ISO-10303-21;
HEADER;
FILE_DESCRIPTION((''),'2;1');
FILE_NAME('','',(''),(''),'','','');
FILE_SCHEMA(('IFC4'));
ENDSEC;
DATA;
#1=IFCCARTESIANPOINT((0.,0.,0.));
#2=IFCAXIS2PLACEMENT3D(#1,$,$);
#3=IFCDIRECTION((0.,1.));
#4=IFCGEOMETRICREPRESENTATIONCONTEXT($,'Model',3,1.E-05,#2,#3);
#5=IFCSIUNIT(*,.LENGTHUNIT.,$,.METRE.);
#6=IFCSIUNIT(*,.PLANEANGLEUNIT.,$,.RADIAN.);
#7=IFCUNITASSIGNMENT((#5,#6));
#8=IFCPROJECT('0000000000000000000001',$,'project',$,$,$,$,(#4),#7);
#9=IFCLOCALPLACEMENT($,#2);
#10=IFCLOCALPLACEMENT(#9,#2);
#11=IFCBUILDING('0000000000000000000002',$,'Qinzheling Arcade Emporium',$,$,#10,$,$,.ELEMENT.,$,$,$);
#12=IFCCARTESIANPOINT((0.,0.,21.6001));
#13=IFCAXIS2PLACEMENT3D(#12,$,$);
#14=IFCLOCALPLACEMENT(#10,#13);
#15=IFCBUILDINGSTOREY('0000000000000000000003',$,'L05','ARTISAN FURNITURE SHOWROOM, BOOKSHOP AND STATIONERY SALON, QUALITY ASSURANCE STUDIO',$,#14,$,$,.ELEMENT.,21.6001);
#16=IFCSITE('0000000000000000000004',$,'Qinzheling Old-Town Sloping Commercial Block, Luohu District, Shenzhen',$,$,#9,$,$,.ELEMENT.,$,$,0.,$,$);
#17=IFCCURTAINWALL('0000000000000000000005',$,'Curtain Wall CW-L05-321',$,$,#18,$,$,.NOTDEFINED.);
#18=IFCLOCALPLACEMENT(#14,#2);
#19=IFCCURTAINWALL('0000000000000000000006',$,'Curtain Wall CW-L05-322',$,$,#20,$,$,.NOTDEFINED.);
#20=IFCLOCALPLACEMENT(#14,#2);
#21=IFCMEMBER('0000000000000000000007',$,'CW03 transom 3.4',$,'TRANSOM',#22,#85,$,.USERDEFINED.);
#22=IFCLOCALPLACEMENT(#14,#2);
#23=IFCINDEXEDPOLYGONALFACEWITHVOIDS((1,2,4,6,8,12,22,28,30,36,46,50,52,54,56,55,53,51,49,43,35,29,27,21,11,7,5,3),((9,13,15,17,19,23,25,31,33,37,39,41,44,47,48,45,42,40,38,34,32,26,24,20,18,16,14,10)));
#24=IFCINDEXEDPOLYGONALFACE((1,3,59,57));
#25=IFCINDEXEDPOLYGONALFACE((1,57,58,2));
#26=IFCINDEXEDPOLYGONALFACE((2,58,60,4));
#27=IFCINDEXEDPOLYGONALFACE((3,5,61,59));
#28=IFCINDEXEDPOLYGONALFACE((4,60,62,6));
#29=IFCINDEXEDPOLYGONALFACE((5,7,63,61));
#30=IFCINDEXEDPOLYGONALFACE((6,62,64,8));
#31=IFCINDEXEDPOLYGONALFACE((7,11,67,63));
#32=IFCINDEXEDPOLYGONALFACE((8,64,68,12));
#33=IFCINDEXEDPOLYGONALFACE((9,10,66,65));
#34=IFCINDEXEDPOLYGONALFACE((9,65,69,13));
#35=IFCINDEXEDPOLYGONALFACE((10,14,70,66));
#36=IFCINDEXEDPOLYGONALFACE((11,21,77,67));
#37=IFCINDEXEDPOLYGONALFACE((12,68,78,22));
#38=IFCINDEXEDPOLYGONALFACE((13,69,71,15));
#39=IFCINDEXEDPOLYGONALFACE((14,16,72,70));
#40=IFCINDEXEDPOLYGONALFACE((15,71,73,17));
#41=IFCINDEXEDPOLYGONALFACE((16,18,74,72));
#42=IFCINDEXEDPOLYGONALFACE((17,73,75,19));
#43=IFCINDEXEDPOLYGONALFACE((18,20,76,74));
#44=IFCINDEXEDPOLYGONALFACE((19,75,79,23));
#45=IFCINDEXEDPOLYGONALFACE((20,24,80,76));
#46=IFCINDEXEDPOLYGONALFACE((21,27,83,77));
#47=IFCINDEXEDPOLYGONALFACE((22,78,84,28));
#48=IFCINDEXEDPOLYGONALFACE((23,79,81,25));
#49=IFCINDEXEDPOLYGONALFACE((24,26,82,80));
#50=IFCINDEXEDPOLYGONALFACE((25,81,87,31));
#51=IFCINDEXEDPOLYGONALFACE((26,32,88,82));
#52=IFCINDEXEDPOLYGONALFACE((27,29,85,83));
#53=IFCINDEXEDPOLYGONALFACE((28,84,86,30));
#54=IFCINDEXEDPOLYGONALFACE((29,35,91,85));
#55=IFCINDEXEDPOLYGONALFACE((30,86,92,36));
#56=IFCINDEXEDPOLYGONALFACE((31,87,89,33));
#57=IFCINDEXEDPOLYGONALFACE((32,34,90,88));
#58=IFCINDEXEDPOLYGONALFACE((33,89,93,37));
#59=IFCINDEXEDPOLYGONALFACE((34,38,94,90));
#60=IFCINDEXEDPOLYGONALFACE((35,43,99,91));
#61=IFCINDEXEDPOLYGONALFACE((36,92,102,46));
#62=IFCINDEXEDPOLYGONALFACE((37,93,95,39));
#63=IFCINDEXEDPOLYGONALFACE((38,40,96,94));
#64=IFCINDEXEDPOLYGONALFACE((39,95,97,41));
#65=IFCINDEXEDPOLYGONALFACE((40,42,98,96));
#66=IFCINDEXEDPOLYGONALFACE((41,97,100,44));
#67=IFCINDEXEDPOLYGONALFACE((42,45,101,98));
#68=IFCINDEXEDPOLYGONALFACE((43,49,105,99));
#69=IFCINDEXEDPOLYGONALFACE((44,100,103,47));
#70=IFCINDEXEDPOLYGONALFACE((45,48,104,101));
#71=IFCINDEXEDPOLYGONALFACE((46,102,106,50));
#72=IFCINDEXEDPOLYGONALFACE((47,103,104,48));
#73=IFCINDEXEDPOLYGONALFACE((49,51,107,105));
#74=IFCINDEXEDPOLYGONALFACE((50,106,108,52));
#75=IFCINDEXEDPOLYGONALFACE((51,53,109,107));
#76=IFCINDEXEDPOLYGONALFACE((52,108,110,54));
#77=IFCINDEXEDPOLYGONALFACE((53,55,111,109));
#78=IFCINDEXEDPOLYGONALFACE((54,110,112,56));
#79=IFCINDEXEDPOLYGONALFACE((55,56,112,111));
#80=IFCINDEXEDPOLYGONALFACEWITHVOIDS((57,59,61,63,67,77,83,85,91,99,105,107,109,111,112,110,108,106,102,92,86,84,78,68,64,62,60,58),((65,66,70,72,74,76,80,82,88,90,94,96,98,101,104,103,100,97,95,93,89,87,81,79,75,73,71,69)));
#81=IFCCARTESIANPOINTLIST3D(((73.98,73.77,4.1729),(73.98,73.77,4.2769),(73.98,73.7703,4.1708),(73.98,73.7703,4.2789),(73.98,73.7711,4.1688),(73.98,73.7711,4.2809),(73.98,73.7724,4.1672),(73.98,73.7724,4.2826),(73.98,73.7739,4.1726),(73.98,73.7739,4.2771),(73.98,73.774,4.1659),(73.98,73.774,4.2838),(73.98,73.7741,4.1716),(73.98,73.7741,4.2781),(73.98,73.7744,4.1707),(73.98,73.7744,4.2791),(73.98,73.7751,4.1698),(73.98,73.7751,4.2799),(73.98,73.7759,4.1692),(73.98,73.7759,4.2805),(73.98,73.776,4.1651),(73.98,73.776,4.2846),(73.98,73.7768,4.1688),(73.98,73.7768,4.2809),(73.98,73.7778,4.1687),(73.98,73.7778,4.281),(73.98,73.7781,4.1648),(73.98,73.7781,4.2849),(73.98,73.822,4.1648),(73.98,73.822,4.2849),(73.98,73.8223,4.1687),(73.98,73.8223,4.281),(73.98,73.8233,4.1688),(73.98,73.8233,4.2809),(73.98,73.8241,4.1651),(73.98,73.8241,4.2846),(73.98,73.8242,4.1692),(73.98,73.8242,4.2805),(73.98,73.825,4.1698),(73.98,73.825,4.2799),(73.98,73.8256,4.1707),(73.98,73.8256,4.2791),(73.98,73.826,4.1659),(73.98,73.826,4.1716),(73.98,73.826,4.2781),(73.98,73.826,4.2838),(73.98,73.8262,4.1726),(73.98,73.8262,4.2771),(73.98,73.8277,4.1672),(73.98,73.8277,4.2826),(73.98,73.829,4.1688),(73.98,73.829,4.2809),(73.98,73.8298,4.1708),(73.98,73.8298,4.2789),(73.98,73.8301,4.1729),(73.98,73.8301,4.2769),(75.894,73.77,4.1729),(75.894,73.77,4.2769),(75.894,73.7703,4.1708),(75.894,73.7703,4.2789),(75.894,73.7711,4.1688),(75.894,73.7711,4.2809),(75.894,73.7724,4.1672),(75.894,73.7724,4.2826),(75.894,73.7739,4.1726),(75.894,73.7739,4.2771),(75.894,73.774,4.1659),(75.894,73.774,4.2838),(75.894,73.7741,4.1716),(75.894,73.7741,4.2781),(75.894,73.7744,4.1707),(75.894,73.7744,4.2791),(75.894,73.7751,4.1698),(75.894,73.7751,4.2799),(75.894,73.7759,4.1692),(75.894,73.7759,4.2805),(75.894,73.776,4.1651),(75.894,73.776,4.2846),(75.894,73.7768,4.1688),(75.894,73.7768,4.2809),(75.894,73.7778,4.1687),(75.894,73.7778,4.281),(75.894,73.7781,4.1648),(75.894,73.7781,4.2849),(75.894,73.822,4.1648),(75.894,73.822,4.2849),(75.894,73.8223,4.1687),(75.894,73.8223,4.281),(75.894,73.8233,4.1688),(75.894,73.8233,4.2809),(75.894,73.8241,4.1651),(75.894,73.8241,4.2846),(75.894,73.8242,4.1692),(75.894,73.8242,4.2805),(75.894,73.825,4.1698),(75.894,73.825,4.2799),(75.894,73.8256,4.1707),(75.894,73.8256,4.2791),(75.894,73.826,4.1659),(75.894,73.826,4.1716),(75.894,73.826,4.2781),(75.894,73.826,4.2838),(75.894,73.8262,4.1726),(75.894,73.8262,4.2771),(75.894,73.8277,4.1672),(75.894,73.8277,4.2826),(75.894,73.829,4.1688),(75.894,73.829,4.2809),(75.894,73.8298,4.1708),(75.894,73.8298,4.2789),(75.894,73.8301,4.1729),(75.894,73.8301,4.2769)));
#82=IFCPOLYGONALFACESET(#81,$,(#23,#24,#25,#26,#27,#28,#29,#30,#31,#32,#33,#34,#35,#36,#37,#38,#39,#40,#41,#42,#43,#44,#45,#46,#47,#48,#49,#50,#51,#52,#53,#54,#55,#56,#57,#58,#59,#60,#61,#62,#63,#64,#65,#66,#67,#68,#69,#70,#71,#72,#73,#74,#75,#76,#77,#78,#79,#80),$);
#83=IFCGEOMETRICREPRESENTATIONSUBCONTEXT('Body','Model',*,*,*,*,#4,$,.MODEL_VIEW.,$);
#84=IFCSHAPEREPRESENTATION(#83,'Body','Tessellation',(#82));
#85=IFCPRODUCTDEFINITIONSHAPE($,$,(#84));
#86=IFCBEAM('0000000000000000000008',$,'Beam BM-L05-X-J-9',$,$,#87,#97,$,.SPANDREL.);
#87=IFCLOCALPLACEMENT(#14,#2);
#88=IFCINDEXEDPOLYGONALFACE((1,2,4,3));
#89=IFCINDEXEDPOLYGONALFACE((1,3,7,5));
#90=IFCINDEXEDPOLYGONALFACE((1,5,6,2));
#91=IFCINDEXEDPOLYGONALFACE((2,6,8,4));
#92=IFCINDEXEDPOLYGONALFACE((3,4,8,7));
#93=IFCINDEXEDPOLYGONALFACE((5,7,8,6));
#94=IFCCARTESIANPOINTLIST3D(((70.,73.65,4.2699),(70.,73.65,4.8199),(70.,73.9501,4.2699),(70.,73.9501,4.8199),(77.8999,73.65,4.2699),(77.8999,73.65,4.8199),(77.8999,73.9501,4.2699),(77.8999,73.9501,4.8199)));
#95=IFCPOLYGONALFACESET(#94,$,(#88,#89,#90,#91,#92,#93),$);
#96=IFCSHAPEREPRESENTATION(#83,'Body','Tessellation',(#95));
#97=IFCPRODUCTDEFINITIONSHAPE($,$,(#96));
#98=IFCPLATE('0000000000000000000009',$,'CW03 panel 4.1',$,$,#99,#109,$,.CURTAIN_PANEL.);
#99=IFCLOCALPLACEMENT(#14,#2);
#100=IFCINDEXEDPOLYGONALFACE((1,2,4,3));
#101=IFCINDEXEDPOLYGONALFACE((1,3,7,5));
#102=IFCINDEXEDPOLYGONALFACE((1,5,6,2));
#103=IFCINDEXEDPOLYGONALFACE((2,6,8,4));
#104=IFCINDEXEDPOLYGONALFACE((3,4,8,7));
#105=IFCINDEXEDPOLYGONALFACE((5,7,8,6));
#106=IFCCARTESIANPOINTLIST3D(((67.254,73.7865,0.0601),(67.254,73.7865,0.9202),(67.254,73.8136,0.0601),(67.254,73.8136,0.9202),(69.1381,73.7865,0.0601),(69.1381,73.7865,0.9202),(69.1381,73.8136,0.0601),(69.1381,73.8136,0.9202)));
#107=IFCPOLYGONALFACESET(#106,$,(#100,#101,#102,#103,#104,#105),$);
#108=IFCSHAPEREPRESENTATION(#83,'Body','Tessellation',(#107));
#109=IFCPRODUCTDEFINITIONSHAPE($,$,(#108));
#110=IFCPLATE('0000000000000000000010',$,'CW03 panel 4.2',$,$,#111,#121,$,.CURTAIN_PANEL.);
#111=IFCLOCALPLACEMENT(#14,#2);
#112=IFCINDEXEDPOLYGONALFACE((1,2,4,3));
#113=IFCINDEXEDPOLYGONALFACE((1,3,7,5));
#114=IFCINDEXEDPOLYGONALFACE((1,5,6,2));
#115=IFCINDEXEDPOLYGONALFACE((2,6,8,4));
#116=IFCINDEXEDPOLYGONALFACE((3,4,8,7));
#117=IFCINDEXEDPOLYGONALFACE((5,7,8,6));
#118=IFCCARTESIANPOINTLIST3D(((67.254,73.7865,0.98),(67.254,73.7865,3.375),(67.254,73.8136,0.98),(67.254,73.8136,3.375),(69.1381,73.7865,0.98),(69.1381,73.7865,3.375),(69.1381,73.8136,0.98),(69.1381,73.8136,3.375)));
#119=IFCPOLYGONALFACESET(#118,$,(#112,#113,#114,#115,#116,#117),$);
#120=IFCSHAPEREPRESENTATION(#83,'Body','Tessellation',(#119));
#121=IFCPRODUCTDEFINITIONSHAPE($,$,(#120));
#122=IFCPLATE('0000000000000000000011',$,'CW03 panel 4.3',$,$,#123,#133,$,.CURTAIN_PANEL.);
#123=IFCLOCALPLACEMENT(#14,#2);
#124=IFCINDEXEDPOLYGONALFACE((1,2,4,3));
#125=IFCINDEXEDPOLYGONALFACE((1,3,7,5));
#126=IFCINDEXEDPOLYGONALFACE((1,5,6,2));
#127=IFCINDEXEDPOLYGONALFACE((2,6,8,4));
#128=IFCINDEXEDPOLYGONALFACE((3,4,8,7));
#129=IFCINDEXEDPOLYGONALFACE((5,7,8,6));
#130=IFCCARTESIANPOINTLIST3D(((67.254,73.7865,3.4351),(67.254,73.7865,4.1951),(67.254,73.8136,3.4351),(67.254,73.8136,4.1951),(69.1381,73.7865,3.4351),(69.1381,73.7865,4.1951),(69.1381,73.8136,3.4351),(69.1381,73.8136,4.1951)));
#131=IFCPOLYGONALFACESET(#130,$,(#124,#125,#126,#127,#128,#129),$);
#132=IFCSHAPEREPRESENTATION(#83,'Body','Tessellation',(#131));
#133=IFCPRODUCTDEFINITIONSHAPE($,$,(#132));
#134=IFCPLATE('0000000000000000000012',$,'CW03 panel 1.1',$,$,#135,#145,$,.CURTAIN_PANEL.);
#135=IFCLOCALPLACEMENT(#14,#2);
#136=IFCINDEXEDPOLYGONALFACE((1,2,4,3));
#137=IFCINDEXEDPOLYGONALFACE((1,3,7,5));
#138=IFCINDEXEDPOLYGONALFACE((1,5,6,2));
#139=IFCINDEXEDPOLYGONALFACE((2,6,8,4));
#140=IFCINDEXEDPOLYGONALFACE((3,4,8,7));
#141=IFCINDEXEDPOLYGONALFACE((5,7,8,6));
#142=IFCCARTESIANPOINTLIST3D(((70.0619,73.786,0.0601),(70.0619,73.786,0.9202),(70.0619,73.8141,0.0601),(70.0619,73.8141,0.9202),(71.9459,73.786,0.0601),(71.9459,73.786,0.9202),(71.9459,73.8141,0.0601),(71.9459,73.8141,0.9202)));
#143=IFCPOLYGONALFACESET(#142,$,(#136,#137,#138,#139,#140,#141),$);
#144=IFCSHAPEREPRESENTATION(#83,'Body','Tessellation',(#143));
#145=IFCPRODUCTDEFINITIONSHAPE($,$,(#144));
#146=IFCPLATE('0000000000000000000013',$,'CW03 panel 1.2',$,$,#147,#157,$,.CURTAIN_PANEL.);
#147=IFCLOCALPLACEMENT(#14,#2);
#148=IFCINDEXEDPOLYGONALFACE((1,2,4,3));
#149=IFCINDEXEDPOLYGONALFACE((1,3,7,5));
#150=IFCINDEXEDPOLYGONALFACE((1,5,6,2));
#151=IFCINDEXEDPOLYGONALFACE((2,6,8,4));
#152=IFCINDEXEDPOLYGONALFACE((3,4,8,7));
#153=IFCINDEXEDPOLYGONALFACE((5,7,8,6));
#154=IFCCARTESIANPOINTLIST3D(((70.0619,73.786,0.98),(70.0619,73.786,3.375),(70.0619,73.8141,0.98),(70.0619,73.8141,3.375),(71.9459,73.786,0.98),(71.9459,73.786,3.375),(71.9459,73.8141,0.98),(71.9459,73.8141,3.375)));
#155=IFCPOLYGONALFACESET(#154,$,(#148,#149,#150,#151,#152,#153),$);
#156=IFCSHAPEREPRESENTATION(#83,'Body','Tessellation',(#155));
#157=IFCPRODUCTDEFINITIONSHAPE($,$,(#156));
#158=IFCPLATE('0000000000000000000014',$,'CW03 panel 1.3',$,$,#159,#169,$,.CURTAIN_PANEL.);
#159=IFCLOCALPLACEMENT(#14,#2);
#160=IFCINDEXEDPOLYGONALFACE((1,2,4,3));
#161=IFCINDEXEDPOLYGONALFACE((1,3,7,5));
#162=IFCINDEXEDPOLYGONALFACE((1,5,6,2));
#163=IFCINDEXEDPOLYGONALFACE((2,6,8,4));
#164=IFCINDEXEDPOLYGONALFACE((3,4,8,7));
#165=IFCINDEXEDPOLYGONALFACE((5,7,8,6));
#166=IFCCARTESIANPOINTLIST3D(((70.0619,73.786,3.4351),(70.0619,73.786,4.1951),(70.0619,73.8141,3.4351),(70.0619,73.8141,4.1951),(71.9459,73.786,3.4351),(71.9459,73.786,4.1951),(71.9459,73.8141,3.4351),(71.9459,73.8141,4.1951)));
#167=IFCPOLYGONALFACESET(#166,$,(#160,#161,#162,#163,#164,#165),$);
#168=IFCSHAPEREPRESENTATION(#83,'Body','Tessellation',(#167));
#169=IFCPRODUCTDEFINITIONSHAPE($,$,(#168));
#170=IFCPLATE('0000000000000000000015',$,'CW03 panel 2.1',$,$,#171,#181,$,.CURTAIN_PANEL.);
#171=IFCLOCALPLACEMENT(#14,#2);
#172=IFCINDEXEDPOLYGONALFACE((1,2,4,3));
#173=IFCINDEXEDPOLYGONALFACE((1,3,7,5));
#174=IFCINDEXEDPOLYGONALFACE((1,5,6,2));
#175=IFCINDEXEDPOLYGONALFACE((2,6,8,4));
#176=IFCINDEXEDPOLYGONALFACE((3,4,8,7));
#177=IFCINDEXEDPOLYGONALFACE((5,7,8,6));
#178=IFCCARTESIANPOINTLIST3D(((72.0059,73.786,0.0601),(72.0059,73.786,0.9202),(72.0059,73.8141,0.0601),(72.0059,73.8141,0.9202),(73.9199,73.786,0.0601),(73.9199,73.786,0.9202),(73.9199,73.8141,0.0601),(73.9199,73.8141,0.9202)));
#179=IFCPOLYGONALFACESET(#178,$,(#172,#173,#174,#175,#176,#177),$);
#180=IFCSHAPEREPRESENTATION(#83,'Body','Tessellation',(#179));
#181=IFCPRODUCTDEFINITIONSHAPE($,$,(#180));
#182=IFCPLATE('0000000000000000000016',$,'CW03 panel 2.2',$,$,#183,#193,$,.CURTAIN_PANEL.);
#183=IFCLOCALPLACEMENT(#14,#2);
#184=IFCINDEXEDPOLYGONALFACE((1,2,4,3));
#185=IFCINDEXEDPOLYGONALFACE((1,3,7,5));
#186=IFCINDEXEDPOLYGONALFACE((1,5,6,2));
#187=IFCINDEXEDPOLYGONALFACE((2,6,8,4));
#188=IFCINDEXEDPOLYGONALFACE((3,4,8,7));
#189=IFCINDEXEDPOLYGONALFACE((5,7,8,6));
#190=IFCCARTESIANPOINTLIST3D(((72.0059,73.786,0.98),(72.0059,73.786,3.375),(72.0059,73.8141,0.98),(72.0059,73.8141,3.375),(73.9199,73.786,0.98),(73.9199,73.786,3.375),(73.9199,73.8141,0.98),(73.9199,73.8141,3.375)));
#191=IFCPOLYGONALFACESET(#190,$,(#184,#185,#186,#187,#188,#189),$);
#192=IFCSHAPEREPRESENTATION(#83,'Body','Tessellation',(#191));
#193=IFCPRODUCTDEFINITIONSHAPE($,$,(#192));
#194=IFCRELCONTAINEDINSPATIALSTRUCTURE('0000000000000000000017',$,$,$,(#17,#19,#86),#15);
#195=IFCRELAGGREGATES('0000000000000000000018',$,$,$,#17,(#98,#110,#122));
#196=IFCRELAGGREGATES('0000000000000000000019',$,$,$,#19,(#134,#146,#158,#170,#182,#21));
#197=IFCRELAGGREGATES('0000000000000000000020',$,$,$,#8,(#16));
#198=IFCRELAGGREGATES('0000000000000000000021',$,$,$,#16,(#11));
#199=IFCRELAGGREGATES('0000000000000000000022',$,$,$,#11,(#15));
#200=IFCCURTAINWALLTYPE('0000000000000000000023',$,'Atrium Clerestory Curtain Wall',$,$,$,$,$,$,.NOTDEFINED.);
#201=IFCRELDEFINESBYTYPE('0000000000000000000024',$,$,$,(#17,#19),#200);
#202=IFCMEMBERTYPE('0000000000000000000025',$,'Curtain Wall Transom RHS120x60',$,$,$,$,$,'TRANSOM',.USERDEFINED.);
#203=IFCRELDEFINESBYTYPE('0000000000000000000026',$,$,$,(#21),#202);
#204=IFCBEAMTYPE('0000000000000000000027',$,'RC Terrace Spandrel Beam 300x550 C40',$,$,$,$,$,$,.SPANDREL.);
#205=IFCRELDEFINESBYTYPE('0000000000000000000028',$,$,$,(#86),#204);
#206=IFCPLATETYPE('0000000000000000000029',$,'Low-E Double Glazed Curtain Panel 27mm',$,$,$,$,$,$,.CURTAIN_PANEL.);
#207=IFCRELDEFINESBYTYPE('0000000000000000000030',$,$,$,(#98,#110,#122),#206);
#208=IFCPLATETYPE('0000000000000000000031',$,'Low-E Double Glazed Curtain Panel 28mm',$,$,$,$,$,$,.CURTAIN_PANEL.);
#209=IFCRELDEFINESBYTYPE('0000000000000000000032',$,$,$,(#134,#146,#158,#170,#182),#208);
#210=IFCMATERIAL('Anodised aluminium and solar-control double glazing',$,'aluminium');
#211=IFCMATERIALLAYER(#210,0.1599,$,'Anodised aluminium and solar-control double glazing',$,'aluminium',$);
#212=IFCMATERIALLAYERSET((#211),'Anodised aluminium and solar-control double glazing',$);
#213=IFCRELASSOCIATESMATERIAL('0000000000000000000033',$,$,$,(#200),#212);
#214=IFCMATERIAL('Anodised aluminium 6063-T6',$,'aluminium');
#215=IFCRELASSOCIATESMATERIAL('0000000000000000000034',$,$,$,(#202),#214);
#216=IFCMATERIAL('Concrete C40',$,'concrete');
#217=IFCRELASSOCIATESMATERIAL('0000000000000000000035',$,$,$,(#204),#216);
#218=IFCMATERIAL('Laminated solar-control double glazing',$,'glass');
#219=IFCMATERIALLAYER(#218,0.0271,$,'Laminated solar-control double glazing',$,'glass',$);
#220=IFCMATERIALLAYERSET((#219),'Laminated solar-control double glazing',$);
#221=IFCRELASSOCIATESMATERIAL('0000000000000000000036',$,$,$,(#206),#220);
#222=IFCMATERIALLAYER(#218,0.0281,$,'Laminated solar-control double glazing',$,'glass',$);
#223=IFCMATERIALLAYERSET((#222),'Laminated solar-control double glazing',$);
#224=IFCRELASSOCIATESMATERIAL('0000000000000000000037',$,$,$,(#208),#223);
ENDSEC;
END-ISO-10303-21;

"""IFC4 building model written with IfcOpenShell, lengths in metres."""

from ifc_helpers import new_model, si_unit, direction, frame, origin, origin_2d, place, context, subcontext, project, spatial, rectangle, hollow_rectangle, extrude, material, layer, layer_set, material_profile, profile_set, type_object, element, aggregate, save


model = new_model("IFC4")

# Units and contexts
model_context = context("Model", 3, precision=1e-05, world=origin(), true_north=direction((0.0, 1.0)))
body_context = subcontext(model_context, "Body", "Model", "MODEL_VIEW")
ifc_project = project(units=[si_unit("LENGTHUNIT", "METRE"), si_unit("PLANEANGLEUNIT", "RADIAN")], contexts=[model_context])

# Site, building, storey
site_placement = place(None, origin())
site = spatial("IfcSite", under=ifc_project, at=site_placement, Name="Qinzheling Old-Town Sloping Commercial Block, Luohu District, Shenzhen", CompositionType="ELEMENT", RefElevation=0.0)
building_placement = place(site_placement, origin())
building = spatial("IfcBuilding", under=site, at=building_placement, Name="Qinzheling Arcade Emporium", CompositionType="ELEMENT")
storey_placement = place(building_placement, frame((0.0, 0.0, 21.6001)))
storey = spatial("IfcBuildingStorey", under=building, at=storey_placement, Name="L05", Description="ARTISAN FURNITURE SHOWROOM, BOOKSHOP AND STATIONERY SALON, QUALITY ASSURANCE STUDIO", CompositionType="ELEMENT", Elevation=21.6001)

# Shared definitions
ifc_material_1 = material(Name="Concrete C40", Category="concrete")

# Curtain wall
ifc_material_2 = material(Name="Anodised aluminium and solar-control double glazing", Category="aluminium")
ifc_layer_1 = layer(ifc_material_2, 0.1599, Name="Anodised aluminium and solar-control double glazing", Category="aluminium")
ifc_layer_set_1 = layer_set([ifc_layer_1], Name="Anodised aluminium and solar-control double glazing")
curtain_wall_type = type_object("IfcCurtainWallType", Name="Atrium Clerestory Curtain Wall", PredefinedType="NOTDEFINED", material=ifc_layer_set_1)
curtain_wall_1_placement = place(storey_placement, origin())
curtain_wall_1 = element("IfcCurtainWall", 1, at=curtain_wall_1_placement, inside=storey, type_object=curtain_wall_type, Name="Curtain Wall CW-L05-321", PredefinedType="NOTDEFINED")
ifc_material_3 = material(Name="Anodised aluminium 6063-T6", Category="aluminium")

# Curtain wall
curtain_wall_2_placement = place(storey_placement, origin())
curtain_wall_2 = element("IfcCurtainWall", 2, at=curtain_wall_2_placement, inside=storey, type_object=curtain_wall_type, Name="Curtain Wall CW-L05-322", PredefinedType="NOTDEFINED")

# Member
ifc_material_profile_1 = material_profile(ifc_material_3, hollow_rectangle(XDim=0.0601, YDim=0.1201, WallThickness=0.0039, InnerFilletRadius=0.0039, OuterFilletRadius=0.0081, at=origin_2d()), Name="RHS 120x60x4", Category="aluminium")
ifc_profile_set_1 = profile_set([ifc_material_profile_1], Name="Anodised aluminium 6063-T6")
member_type_1 = type_object("IfcMemberType", Name="Curtain Wall Transom RHS120x60", ElementType="TRANSOM", PredefinedType="USERDEFINED", material=ifc_profile_set_1)
member_1_placement = place(storey_placement, frame((73.98, 73.8, 4.2249), z_axis=(1.0, 0.0, 0.0), x_axis=(0.0, 1.0, 0.0)))
member_1 = element("IfcMember", 3, at=member_1_placement, type_object=member_type_1, Name="CW03 transom 3.4", ObjectType="TRANSOM", PredefinedType="USERDEFINED", context=body_context, shape_type="SweptSolid", body=[
    extrude(hollow_rectangle(XDim=0.0601, YDim=0.1201, WallThickness=0.0039, InnerFilletRadius=0.0039, OuterFilletRadius=0.0081, at=origin_2d()), origin(), (0.0, 0.0, 1.0), 1.9141),
])

# Beam
ifc_material_profile_2 = material_profile(ifc_material_1, rectangle(XDim=0.3, YDim=0.55, at=origin_2d()), Name="RC 300x550", Category="concrete")
ifc_profile_set_2 = profile_set([ifc_material_profile_2], Name="Concrete C40")
beam_type = type_object("IfcBeamType", Name="RC Terrace Spandrel Beam 300x550 C40", PredefinedType="SPANDREL", material=ifc_profile_set_2)
beam_placement = place(storey_placement, frame((70.0, 73.8, 4.5449), z_axis=(1.0, 0.0, 0.0), x_axis=(0.0, 1.0, 0.0)))
element("IfcBeam", 4, at=beam_placement, inside=storey, type_object=beam_type, Name="Beam BM-L05-X-J-9", PredefinedType="SPANDREL", context=body_context, shape_type="SweptSolid", body=[
    extrude(rectangle(XDim=0.3, YDim=0.55, at=origin_2d()), origin(), (0.0, 0.0, 1.0), 7.8999),
])

# Plates
ifc_material_4 = material(Name="Laminated solar-control double glazing", Category="glass")
ifc_layer_2 = layer(ifc_material_4, 0.0271, Name="Laminated solar-control double glazing", Category="glass")
ifc_layer_set_2 = layer_set([ifc_layer_2], Name="Laminated solar-control double glazing")
plate_type_1 = type_object("IfcPlateType", Name="Low-E Double Glazed Curtain Panel 27mm", PredefinedType="CURTAIN_PANEL", material=ifc_layer_set_2)
plate_1_placement = place(storey_placement, frame((68.196, 73.8, 0.0601), z_axis=(0.0, 0.0, 1.0), x_axis=(1.0, 0.0, 0.0)))
plate_1 = element("IfcPlate", 5, at=plate_1_placement, type_object=plate_type_1, Name="CW03 panel 4.1", PredefinedType="CURTAIN_PANEL", context=body_context, shape_type="SweptSolid", body=[
    extrude(rectangle(XDim=1.884, YDim=0.0271, at=origin_2d()), origin(), (0.0, 0.0, 1.0), 0.8601),
])
plate_2_placement = place(storey_placement, frame((68.196, 73.8, 0.98), z_axis=(0.0, 0.0, 1.0), x_axis=(1.0, 0.0, 0.0)))
plate_2 = element("IfcPlate", 6, at=plate_2_placement, type_object=plate_type_1, Name="CW03 panel 4.2", PredefinedType="CURTAIN_PANEL", context=body_context, shape_type="SweptSolid", body=[
    extrude(rectangle(XDim=1.884, YDim=0.0271, at=origin_2d()), origin(), (0.0, 0.0, 1.0), 2.395),
])
plate_3_placement = place(storey_placement, frame((68.196, 73.8, 3.4351), z_axis=(0.0, 0.0, 1.0), x_axis=(1.0, 0.0, 0.0)))
plate_3 = element("IfcPlate", 7, at=plate_3_placement, type_object=plate_type_1, Name="CW03 panel 4.3", PredefinedType="CURTAIN_PANEL", context=body_context, shape_type="SweptSolid", body=[
    extrude(rectangle(XDim=1.884, YDim=0.0271, at=origin_2d()), origin(), (0.0, 0.0, 1.0), 0.76),
])
aggregate(curtain_wall_1, [plate_1, plate_2, plate_3])
ifc_layer_3 = layer(ifc_material_4, 0.0281, Name="Laminated solar-control double glazing", Category="glass")
ifc_layer_set_3 = layer_set([ifc_layer_3], Name="Laminated solar-control double glazing")
plate_type_2 = type_object("IfcPlateType", Name="Low-E Double Glazed Curtain Panel 28mm", PredefinedType="CURTAIN_PANEL", material=ifc_layer_set_3)
plate_4_placement = place(storey_placement, frame((71.0039, 73.8, 0.0601), z_axis=(0.0, 0.0, 1.0), x_axis=(1.0, 0.0, 0.0)))
plate_4 = element("IfcPlate", 8, at=plate_4_placement, type_object=plate_type_2, Name="CW03 panel 1.1", PredefinedType="CURTAIN_PANEL", context=body_context, shape_type="SweptSolid", body=[
    extrude(rectangle(XDim=1.884, YDim=0.0281, at=origin_2d()), origin(), (0.0, 0.0, 1.0), 0.8601),
])
plate_5_placement = place(storey_placement, frame((71.0039, 73.8, 0.98), z_axis=(0.0, 0.0, 1.0), x_axis=(1.0, 0.0, 0.0)))
plate_5 = element("IfcPlate", 9, at=plate_5_placement, type_object=plate_type_2, Name="CW03 panel 1.2", PredefinedType="CURTAIN_PANEL", context=body_context, shape_type="SweptSolid", body=[
    extrude(rectangle(XDim=1.884, YDim=0.0281, at=origin_2d()), origin(), (0.0, 0.0, 1.0), 2.395),
])
plate_6_placement = place(storey_placement, frame((71.0039, 73.8, 3.4351), z_axis=(0.0, 0.0, 1.0), x_axis=(1.0, 0.0, 0.0)))
plate_6 = element("IfcPlate", 10, at=plate_6_placement, type_object=plate_type_2, Name="CW03 panel 1.3", PredefinedType="CURTAIN_PANEL", context=body_context, shape_type="SweptSolid", body=[
    extrude(rectangle(XDim=1.884, YDim=0.0281, at=origin_2d()), origin(), (0.0, 0.0, 1.0), 0.76),
])
plate_7_placement = place(storey_placement, frame((72.9629, 73.8, 0.0601), z_axis=(0.0, 0.0, 1.0), x_axis=(1.0, 0.0, 0.0)))
plate_7 = element("IfcPlate", 11, at=plate_7_placement, type_object=plate_type_2, Name="CW03 panel 2.1", PredefinedType="CURTAIN_PANEL", context=body_context, shape_type="SweptSolid", body=[
    extrude(rectangle(XDim=1.9141, YDim=0.0281, at=origin_2d()), origin(), (0.0, 0.0, 1.0), 0.8601),
])
plate_8_placement = place(storey_placement, frame((72.9629, 73.8, 0.98), z_axis=(0.0, 0.0, 1.0), x_axis=(1.0, 0.0, 0.0)))
plate_8 = element("IfcPlate", 12, at=plate_8_placement, type_object=plate_type_2, Name="CW03 panel 2.2", PredefinedType="CURTAIN_PANEL", context=body_context, shape_type="SweptSolid", body=[
    extrude(rectangle(XDim=1.9141, YDim=0.0281, at=origin_2d()), origin(), (0.0, 0.0, 1.0), 2.395),
])
aggregate(curtain_wall_2, [plate_4, plate_5, plate_6, plate_7, plate_8, member_1])

save(model, "model.ifc")
